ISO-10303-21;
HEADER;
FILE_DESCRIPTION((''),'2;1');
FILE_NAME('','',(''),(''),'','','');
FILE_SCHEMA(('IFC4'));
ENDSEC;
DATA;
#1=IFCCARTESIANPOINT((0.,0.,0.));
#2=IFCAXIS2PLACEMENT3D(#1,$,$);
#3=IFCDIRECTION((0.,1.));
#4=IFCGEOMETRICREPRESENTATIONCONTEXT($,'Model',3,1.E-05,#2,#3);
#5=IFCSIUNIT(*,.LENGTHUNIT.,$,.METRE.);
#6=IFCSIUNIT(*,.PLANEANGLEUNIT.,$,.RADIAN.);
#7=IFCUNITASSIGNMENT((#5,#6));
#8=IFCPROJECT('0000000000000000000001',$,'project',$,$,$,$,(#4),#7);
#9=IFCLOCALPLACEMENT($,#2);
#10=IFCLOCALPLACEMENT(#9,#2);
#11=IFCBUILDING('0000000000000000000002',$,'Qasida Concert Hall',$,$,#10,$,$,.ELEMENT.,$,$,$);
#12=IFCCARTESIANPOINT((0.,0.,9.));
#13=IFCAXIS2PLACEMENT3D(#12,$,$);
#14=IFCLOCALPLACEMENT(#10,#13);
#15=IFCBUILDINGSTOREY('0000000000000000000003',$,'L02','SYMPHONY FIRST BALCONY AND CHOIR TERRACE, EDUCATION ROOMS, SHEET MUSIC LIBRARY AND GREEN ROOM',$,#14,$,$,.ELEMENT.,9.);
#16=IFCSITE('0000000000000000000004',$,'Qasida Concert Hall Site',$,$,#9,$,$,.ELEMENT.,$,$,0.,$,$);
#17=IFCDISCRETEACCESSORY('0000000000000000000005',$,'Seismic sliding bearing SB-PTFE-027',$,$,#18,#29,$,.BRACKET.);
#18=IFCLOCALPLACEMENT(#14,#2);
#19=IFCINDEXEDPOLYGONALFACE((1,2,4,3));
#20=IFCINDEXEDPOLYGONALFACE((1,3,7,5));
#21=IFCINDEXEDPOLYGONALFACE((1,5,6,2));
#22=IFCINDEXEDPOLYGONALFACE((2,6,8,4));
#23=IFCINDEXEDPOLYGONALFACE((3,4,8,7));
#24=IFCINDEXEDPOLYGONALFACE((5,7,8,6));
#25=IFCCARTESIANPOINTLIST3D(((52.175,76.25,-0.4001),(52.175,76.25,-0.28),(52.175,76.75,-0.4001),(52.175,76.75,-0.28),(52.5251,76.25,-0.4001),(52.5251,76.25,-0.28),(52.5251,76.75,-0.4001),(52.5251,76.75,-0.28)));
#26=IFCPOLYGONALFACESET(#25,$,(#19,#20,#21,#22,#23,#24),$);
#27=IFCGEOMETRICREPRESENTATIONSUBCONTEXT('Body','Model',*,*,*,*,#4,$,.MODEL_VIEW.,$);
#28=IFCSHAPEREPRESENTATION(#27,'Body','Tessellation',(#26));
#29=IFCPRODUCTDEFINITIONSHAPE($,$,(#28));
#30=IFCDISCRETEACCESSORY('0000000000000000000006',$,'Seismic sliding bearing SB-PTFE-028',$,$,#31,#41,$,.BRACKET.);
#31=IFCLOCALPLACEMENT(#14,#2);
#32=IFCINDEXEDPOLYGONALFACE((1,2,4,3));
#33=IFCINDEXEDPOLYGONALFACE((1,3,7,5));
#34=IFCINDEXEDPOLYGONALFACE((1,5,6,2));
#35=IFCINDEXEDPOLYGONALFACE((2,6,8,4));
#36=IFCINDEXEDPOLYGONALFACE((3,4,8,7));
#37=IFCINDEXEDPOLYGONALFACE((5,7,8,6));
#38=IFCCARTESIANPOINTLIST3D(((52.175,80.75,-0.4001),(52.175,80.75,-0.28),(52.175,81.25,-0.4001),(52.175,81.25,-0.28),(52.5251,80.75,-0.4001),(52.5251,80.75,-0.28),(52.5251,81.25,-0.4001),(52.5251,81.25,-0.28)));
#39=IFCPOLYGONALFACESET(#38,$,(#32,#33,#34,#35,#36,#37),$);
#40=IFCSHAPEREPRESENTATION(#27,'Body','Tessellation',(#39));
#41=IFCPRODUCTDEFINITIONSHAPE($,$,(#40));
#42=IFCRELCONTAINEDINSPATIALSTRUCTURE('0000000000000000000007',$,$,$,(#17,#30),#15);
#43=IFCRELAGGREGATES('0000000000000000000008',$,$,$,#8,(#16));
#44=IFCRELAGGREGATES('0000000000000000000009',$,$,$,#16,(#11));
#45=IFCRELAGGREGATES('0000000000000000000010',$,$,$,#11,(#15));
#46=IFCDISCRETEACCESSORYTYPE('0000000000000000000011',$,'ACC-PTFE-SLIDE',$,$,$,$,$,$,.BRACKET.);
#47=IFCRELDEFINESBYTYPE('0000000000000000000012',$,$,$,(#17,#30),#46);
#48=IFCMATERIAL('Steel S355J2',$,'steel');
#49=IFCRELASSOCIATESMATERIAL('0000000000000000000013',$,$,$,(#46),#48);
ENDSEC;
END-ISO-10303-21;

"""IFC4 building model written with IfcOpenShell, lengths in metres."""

from ifc_helpers import new_model, si_unit, direction, frame, origin, origin_2d, place, context, subcontext, project, spatial, rectangle, extrude, material, type_object, element, save


model = new_model("IFC4")

# Units and contexts
model_context = context("Model", 3, precision=1e-05, world=origin(), true_north=direction((0.0, 1.0)))
body_context = subcontext(model_context, "Body", "Model", "MODEL_VIEW")
ifc_project = project(units=[si_unit("LENGTHUNIT", "METRE"), si_unit("PLANEANGLEUNIT", "RADIAN")], contexts=[model_context])

# Site, building, storey
site_placement = place(None, origin())
site = spatial("IfcSite", under=ifc_project, at=site_placement, Name="Qasida Concert Hall Site", CompositionType="ELEMENT", RefElevation=0.0)
building_placement = place(site_placement, origin())
building = spatial("IfcBuilding", under=site, at=building_placement, Name="Qasida Concert Hall", CompositionType="ELEMENT")
storey_placement = place(building_placement, frame((0.0, 0.0, 9.0)))
storey = spatial("IfcBuildingStorey", under=building, at=storey_placement, Name="L02", Description="SYMPHONY FIRST BALCONY AND CHOIR TERRACE, EDUCATION ROOMS, SHEET MUSIC LIBRARY AND GREEN ROOM", CompositionType="ELEMENT", Elevation=9.0)

# Shared definitions
ifc_material_1 = material(Name="Steel S355J2", Category="steel")

# Discrete accessories
discrete_accessory_type_1 = type_object("IfcDiscreteAccessoryType", Name="ACC-PTFE-SLIDE", PredefinedType="BRACKET", material=ifc_material_1)
for number, where, z_axis, x_axis, name in (
    (1, (52.3501, 76.5, -0.4001), (0.0, 0.0, 1.0), (1.0, 0.0, 0.0), "Seismic sliding bearing SB-PTFE-027"),
    (2, (52.3501, 81.0, -0.4001), (0.0, 0.0, 1.0), (1.0, 0.0, 0.0), "Seismic sliding bearing SB-PTFE-028"),
):
    element("IfcDiscreteAccessory", number, at=place(storey_placement, frame(where, z_axis=z_axis, x_axis=x_axis)), inside=storey, type_object=discrete_accessory_type_1, Name=name, PredefinedType="BRACKET", context=body_context, shape_type="SweptSolid", body=[
        extrude(rectangle(XDim=0.3501, YDim=0.5, at=origin_2d()), origin(), (0.0, 0.0, 1.0), 0.1201),
    ])

save(model, "model.ifc")
